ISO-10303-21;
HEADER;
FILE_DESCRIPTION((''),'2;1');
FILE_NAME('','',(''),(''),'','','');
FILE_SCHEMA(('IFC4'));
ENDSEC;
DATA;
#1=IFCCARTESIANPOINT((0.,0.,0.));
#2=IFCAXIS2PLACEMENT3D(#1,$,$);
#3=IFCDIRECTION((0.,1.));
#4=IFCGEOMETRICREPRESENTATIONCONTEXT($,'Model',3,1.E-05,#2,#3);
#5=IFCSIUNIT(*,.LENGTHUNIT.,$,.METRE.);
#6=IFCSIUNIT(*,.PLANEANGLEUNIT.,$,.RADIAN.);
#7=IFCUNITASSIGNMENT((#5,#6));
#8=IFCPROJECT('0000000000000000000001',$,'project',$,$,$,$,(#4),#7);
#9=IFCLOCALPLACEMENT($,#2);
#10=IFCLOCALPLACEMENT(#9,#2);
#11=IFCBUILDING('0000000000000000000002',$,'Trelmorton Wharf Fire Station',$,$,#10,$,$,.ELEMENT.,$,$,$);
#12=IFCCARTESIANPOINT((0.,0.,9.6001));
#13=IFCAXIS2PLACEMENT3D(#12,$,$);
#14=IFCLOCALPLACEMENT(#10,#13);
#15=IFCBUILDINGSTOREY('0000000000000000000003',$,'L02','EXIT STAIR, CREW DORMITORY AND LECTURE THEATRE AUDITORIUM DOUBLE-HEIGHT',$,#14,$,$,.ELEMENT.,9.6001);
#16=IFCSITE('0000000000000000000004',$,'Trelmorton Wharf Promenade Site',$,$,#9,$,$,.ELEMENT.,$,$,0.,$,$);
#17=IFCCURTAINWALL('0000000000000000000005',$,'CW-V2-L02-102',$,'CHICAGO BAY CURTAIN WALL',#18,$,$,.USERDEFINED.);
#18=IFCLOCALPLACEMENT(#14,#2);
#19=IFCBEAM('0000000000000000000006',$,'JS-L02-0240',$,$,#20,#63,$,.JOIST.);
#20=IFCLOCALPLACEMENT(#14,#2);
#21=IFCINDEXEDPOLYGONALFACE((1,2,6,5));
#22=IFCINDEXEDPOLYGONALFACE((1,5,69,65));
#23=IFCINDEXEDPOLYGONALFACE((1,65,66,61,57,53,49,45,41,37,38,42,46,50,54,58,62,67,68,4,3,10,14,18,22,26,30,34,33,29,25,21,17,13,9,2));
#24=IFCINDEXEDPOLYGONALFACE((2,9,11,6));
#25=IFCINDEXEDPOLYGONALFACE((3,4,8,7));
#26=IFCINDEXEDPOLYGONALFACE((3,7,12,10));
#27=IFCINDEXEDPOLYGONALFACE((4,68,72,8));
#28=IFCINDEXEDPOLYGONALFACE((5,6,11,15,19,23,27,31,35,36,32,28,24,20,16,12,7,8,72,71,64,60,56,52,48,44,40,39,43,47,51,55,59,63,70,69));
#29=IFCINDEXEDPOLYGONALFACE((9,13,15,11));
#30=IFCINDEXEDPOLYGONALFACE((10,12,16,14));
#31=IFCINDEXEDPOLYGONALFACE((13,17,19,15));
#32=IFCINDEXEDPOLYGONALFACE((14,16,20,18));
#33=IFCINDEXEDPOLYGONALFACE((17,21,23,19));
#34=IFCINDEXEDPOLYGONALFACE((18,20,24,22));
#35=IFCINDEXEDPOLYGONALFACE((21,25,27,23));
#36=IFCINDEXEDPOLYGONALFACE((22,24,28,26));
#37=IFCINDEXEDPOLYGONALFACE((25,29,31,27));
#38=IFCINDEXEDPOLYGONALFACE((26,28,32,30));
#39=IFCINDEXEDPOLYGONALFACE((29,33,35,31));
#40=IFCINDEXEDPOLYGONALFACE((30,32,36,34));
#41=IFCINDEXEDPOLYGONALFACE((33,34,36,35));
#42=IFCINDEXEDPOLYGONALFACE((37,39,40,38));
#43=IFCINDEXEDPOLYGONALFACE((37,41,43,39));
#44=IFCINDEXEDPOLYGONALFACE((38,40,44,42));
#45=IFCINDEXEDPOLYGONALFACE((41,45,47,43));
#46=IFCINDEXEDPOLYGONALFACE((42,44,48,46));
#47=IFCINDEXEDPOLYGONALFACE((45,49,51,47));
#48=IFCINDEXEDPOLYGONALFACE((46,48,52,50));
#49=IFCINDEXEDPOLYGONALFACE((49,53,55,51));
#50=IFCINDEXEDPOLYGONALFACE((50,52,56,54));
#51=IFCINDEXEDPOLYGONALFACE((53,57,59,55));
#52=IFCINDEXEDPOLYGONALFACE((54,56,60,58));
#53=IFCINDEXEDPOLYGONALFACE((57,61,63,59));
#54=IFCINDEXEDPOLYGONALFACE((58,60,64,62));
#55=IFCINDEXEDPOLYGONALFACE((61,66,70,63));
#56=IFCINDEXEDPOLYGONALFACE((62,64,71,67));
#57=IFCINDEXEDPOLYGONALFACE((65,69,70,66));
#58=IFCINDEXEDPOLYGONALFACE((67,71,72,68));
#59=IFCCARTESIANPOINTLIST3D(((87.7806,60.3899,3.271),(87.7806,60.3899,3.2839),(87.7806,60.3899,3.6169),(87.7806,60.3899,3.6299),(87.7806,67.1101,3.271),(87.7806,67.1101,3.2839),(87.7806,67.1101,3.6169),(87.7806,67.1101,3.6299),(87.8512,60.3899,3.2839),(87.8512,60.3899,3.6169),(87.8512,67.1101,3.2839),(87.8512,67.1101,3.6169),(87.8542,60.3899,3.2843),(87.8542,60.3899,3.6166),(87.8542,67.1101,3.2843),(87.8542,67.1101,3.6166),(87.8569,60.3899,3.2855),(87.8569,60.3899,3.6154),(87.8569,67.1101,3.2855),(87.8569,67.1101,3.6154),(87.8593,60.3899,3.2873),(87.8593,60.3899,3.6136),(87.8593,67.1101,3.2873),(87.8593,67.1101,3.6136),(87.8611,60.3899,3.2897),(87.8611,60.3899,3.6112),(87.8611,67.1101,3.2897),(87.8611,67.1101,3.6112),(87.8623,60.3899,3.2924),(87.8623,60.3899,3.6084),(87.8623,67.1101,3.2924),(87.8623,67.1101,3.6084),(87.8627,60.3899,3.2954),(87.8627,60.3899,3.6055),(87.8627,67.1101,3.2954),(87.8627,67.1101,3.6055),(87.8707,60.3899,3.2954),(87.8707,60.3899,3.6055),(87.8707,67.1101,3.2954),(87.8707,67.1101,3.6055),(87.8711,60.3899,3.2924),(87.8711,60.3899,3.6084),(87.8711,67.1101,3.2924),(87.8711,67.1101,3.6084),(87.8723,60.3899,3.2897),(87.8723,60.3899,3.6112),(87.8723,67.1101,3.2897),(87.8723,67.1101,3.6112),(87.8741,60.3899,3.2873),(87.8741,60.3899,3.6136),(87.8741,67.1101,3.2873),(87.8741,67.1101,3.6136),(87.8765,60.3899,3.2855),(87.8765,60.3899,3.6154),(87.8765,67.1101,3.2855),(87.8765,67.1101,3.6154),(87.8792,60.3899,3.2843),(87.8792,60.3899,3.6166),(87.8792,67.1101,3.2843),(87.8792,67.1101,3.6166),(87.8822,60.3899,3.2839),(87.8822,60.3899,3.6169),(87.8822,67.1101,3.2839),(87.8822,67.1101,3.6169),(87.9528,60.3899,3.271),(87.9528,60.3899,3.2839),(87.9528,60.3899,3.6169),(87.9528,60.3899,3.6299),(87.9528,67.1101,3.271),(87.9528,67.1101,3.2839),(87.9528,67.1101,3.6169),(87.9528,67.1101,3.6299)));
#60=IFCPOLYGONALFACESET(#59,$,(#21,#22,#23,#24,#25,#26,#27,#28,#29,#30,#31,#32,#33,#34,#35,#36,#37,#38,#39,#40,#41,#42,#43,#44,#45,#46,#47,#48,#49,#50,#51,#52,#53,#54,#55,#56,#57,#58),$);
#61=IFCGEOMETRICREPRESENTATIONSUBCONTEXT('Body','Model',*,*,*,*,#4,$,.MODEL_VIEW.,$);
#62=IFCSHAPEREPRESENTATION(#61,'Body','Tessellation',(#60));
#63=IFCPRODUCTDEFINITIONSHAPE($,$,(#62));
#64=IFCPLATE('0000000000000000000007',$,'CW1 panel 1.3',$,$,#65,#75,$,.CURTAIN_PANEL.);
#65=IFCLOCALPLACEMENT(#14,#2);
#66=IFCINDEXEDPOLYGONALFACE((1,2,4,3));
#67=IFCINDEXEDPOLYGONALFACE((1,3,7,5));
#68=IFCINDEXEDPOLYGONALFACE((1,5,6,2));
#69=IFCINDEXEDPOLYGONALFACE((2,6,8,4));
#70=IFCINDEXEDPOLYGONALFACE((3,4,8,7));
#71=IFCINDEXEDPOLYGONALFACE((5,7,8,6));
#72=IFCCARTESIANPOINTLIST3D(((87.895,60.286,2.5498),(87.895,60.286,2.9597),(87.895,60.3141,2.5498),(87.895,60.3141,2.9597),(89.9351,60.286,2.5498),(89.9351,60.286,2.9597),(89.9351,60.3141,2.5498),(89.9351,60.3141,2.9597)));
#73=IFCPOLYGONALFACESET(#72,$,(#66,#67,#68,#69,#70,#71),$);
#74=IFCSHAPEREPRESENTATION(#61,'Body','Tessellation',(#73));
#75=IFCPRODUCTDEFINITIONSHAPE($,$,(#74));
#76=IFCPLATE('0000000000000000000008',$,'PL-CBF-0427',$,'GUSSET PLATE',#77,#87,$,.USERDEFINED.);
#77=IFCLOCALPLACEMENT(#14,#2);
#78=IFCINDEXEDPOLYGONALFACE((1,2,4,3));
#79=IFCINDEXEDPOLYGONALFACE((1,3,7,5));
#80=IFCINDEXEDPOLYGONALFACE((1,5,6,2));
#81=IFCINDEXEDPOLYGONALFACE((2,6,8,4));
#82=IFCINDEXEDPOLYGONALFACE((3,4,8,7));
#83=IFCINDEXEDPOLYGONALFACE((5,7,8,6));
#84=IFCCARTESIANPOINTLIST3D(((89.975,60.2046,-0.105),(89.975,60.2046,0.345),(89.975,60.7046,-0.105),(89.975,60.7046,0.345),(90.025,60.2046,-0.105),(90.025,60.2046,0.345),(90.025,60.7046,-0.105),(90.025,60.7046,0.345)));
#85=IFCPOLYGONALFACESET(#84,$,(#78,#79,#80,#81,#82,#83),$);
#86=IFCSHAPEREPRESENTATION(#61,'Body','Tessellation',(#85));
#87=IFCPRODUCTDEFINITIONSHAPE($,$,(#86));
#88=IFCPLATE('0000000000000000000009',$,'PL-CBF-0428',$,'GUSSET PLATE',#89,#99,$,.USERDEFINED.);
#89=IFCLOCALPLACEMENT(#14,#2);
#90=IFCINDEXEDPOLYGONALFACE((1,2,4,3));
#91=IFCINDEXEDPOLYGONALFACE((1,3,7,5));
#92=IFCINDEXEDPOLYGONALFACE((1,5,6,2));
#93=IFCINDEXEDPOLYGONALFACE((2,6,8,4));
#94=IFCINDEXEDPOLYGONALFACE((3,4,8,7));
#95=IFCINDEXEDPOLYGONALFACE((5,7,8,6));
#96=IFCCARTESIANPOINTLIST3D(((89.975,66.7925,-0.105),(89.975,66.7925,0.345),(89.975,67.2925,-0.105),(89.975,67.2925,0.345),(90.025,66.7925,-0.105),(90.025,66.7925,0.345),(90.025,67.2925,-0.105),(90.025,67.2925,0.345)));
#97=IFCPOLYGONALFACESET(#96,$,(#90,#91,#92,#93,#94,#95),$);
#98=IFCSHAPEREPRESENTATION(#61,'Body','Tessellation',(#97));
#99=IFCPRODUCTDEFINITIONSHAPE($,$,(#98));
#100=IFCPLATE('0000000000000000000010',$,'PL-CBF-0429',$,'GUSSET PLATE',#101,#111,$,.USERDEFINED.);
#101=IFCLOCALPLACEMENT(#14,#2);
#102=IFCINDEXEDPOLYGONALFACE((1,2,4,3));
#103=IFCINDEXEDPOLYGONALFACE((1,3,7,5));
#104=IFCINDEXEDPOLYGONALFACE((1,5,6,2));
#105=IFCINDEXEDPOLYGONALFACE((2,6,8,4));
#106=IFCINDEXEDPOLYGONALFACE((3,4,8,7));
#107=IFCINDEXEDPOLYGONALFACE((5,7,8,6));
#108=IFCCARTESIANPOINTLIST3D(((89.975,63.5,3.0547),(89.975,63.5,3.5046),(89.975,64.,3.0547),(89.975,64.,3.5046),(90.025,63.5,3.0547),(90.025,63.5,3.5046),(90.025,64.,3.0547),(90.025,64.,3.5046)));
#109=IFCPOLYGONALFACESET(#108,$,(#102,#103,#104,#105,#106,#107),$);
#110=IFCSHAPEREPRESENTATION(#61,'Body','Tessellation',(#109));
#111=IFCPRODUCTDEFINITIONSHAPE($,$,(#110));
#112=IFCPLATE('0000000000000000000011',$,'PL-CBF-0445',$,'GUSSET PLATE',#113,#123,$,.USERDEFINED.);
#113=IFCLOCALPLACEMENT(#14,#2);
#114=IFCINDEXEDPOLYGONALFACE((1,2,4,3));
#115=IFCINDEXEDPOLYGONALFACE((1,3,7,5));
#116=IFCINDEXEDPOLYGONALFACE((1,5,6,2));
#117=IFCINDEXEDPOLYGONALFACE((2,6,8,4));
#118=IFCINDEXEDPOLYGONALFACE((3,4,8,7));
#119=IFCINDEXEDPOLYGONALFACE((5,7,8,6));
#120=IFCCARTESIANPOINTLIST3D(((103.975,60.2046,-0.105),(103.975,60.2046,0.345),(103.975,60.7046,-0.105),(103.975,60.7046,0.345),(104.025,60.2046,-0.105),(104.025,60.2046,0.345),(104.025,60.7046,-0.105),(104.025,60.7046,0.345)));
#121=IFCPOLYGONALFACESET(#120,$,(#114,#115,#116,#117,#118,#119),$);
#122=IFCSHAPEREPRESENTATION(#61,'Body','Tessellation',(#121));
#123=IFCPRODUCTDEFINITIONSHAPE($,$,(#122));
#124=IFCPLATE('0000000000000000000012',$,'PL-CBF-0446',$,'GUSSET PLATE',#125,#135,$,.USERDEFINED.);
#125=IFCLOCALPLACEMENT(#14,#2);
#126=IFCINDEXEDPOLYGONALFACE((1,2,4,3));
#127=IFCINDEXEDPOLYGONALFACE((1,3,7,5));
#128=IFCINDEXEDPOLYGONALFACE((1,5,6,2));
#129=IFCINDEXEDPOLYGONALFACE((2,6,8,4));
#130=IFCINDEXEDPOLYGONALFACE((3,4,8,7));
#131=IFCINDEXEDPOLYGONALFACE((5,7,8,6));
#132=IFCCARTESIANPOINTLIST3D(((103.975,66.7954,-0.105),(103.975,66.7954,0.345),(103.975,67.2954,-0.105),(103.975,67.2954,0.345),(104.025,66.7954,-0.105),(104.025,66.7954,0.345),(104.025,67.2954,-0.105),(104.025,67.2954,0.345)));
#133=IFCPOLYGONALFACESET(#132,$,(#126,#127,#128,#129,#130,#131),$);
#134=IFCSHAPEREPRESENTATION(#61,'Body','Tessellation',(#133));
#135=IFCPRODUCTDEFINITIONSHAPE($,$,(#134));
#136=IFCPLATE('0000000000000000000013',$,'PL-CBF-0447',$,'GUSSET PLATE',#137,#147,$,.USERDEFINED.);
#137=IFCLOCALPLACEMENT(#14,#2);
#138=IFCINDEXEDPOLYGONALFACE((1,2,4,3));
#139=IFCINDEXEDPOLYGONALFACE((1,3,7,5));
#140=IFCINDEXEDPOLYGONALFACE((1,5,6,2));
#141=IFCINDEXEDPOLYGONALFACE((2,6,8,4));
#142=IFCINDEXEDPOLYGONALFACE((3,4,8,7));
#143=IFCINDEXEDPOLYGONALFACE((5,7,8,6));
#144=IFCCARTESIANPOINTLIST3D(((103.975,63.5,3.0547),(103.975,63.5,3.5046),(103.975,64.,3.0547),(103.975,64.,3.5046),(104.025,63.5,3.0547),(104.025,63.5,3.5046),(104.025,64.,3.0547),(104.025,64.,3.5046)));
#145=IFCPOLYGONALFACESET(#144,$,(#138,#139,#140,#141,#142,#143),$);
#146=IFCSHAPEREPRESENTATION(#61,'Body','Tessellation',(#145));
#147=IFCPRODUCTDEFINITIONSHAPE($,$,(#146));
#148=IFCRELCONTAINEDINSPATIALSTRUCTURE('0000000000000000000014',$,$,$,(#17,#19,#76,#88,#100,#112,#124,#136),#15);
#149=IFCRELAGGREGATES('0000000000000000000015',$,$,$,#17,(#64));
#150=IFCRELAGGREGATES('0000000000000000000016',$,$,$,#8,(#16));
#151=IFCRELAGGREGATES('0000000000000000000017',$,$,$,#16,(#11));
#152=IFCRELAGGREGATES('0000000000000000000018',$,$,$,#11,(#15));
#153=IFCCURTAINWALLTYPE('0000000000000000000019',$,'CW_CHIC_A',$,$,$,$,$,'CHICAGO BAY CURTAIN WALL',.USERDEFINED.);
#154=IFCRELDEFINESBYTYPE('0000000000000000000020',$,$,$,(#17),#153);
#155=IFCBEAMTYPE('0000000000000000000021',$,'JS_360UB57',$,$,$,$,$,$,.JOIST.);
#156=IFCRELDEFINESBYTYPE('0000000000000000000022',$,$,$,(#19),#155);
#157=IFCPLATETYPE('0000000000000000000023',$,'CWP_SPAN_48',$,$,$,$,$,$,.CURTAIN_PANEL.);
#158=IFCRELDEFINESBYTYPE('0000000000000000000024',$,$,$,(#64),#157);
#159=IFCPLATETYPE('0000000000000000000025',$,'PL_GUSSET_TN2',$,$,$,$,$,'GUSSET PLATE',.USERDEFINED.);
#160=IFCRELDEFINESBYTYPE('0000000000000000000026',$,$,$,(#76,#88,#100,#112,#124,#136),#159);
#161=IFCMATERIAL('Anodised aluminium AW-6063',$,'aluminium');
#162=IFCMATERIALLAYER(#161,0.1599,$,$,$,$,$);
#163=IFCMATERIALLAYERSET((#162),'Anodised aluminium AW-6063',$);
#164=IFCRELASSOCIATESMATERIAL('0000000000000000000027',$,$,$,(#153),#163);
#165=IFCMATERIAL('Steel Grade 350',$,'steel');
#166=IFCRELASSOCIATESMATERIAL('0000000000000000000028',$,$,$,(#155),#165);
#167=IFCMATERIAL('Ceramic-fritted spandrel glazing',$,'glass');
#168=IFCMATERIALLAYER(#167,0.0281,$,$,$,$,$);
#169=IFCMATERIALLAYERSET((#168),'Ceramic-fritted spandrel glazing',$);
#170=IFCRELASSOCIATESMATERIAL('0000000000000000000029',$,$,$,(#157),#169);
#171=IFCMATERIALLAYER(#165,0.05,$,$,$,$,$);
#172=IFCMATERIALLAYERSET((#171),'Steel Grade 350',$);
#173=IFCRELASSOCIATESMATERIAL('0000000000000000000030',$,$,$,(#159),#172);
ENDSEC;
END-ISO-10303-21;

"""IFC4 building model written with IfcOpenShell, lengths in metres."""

from ifc_helpers import new_model, si_unit, direction, frame, origin, origin_2d, place, context, subcontext, project, spatial, rectangle, i_section, extrude, material, layer, layer_set, material_profile, profile_set, type_object, element, aggregate, save


model = new_model("IFC4")

# Units and contexts
model_context = context("Model", 3, precision=1e-05, world=origin(), true_north=direction((0.0, 1.0)))
body_context = subcontext(model_context, "Body", "Model", "MODEL_VIEW")
ifc_project = project(units=[si_unit("LENGTHUNIT", "METRE"), si_unit("PLANEANGLEUNIT", "RADIAN")], contexts=[model_context])

# Site, building, storey
site_placement = place(None, origin())
site = spatial("IfcSite", under=ifc_project, at=site_placement, Name="Trelmorton Wharf Promenade Site", CompositionType="ELEMENT", RefElevation=0.0)
building_placement = place(site_placement, origin())
building = spatial("IfcBuilding", under=site, at=building_placement, Name="Trelmorton Wharf Fire Station", CompositionType="ELEMENT")
storey_placement = place(building_placement, frame((0.0, 0.0, 9.6001)))
storey = spatial("IfcBuildingStorey", under=building, at=storey_placement, Name="L02", Description="EXIT STAIR, CREW DORMITORY AND LECTURE THEATRE AUDITORIUM DOUBLE-HEIGHT", CompositionType="ELEMENT", Elevation=9.6001)

# Shared definitions
ifc_material_1 = material(Name="Steel Grade 350", Category="steel")

# Curtain wall
ifc_material_2 = material(Name="Anodised aluminium AW-6063", Category="aluminium")
ifc_layer_1 = layer(ifc_material_2, 0.1599)
ifc_layer_set_1 = layer_set([ifc_layer_1], Name="Anodised aluminium AW-6063")
curtain_wall_type = type_object("IfcCurtainWallType", Name="CW_CHIC_A", ElementType="CHICAGO BAY CURTAIN WALL", PredefinedType="USERDEFINED", material=ifc_layer_set_1)
curtain_wall_placement = place(storey_placement, origin())
curtain_wall = element("IfcCurtainWall", 1, at=curtain_wall_placement, inside=storey, type_object=curtain_wall_type, Name="CW-V2-L02-102", ObjectType="CHICAGO BAY CURTAIN WALL", PredefinedType="USERDEFINED")

# Beam
ifc_material_profile_1 = material_profile(ifc_material_1, i_section(OverallWidth=0.1721, OverallDepth=0.3589, WebThickness=0.0081, FlangeThickness=0.0129, FilletRadius=0.0115, at=origin_2d()), Name="360UB56.7")
ifc_profile_set_1 = profile_set([ifc_material_profile_1], Name="Steel Grade 350")
beam_type_1 = type_object("IfcBeamType", Name="JS_360UB57", PredefinedType="JOIST", material=ifc_profile_set_1)
for number, where, z_axis, x_axis, name in (
    (2, (87.8667, 60.3899, 3.4504), (0.0, 1.0, 0.0), (-1.0, 0.0, 0.0), "JS-L02-0240"),
):
    element("IfcBeam", number, at=place(storey_placement, frame(where, z_axis=z_axis, x_axis=x_axis)), inside=storey, type_object=beam_type_1, Name=name, PredefinedType="JOIST", context=body_context, shape_type="SweptSolid", body=[
        extrude(i_section(OverallWidth=0.1721, OverallDepth=0.3589, WebThickness=0.0081, FlangeThickness=0.0129, FilletRadius=0.0115, at=origin_2d()), origin(), (0.0, 0.0, 1.0), 6.7202),
    ])

# Plate
ifc_material_3 = material(Name="Ceramic-fritted spandrel glazing", Category="glass")
ifc_layer_2 = layer(ifc_material_3, 0.0281)
ifc_layer_set_2 = layer_set([ifc_layer_2], Name="Ceramic-fritted spandrel glazing")
plate_type_1 = type_object("IfcPlateType", Name="CWP_SPAN_48", PredefinedType="CURTAIN_PANEL", material=ifc_layer_set_2)
plate_placement = place(storey_placement, frame((88.915, 60.3, 2.5498), z_axis=(0.0, 0.0, 1.0), x_axis=(-1.0, 0.0, 0.0)))
plate = element("IfcPlate", 3, at=plate_placement, type_object=plate_type_1, Name="CW1 panel 1.3", PredefinedType="CURTAIN_PANEL", context=body_context, shape_type="SweptSolid", body=[
    extrude(rectangle(XDim=2.04, YDim=0.0281, at=origin_2d()), origin(), (0.0, 0.0, 1.0), 0.4099),
])
aggregate(curtain_wall, [plate])

# Plates
ifc_layer_3 = layer(ifc_material_1, 0.05)
ifc_layer_set_3 = layer_set([ifc_layer_3], Name="Steel Grade 350")
plate_type_2 = type_object("IfcPlateType", Name="PL_GUSSET_TN2", ElementType="GUSSET PLATE", PredefinedType="USERDEFINED", material=ifc_layer_set_3)
for number, where, z_axis, x_axis, name in (
    (4, (90.0, 60.4546, -0.105), (0.0, 0.0, 1.0), (1.0, 0.0, 0.0), "PL-CBF-0427"),
    (5, (90.0, 67.0425, -0.105), (0.0, 0.0, 1.0), (1.0, 0.0, 0.0), "PL-CBF-0428"),
    (6, (90.0, 63.75, 3.0547), (0.0, 0.0, 1.0), (1.0, 0.0, 0.0), "PL-CBF-0429"),
    (7, (104.0, 60.4546, -0.105), (0.0, 0.0, 1.0), (1.0, 0.0, 0.0), "PL-CBF-0445"),
    (8, (104.0, 67.0454, -0.105), (0.0, 0.0, 1.0), (1.0, 0.0, 0.0), "PL-CBF-0446"),
    (9, (104.0, 63.75, 3.0547), (0.0, 0.0, 1.0), (1.0, 0.0, 0.0), "PL-CBF-0447"),
):
    element("IfcPlate", number, at=place(storey_placement, frame(where, z_axis=z_axis, x_axis=x_axis)), inside=storey, type_object=plate_type_2, Name=name, ObjectType="GUSSET PLATE", PredefinedType="USERDEFINED", context=body_context, shape_type="SweptSolid", body=[
        extrude(rectangle(XDim=0.05, YDim=0.5, at=origin_2d()), origin(), (0.0, 0.0, 1.0), 0.45),
    ])

save(model, "model.ifc")
